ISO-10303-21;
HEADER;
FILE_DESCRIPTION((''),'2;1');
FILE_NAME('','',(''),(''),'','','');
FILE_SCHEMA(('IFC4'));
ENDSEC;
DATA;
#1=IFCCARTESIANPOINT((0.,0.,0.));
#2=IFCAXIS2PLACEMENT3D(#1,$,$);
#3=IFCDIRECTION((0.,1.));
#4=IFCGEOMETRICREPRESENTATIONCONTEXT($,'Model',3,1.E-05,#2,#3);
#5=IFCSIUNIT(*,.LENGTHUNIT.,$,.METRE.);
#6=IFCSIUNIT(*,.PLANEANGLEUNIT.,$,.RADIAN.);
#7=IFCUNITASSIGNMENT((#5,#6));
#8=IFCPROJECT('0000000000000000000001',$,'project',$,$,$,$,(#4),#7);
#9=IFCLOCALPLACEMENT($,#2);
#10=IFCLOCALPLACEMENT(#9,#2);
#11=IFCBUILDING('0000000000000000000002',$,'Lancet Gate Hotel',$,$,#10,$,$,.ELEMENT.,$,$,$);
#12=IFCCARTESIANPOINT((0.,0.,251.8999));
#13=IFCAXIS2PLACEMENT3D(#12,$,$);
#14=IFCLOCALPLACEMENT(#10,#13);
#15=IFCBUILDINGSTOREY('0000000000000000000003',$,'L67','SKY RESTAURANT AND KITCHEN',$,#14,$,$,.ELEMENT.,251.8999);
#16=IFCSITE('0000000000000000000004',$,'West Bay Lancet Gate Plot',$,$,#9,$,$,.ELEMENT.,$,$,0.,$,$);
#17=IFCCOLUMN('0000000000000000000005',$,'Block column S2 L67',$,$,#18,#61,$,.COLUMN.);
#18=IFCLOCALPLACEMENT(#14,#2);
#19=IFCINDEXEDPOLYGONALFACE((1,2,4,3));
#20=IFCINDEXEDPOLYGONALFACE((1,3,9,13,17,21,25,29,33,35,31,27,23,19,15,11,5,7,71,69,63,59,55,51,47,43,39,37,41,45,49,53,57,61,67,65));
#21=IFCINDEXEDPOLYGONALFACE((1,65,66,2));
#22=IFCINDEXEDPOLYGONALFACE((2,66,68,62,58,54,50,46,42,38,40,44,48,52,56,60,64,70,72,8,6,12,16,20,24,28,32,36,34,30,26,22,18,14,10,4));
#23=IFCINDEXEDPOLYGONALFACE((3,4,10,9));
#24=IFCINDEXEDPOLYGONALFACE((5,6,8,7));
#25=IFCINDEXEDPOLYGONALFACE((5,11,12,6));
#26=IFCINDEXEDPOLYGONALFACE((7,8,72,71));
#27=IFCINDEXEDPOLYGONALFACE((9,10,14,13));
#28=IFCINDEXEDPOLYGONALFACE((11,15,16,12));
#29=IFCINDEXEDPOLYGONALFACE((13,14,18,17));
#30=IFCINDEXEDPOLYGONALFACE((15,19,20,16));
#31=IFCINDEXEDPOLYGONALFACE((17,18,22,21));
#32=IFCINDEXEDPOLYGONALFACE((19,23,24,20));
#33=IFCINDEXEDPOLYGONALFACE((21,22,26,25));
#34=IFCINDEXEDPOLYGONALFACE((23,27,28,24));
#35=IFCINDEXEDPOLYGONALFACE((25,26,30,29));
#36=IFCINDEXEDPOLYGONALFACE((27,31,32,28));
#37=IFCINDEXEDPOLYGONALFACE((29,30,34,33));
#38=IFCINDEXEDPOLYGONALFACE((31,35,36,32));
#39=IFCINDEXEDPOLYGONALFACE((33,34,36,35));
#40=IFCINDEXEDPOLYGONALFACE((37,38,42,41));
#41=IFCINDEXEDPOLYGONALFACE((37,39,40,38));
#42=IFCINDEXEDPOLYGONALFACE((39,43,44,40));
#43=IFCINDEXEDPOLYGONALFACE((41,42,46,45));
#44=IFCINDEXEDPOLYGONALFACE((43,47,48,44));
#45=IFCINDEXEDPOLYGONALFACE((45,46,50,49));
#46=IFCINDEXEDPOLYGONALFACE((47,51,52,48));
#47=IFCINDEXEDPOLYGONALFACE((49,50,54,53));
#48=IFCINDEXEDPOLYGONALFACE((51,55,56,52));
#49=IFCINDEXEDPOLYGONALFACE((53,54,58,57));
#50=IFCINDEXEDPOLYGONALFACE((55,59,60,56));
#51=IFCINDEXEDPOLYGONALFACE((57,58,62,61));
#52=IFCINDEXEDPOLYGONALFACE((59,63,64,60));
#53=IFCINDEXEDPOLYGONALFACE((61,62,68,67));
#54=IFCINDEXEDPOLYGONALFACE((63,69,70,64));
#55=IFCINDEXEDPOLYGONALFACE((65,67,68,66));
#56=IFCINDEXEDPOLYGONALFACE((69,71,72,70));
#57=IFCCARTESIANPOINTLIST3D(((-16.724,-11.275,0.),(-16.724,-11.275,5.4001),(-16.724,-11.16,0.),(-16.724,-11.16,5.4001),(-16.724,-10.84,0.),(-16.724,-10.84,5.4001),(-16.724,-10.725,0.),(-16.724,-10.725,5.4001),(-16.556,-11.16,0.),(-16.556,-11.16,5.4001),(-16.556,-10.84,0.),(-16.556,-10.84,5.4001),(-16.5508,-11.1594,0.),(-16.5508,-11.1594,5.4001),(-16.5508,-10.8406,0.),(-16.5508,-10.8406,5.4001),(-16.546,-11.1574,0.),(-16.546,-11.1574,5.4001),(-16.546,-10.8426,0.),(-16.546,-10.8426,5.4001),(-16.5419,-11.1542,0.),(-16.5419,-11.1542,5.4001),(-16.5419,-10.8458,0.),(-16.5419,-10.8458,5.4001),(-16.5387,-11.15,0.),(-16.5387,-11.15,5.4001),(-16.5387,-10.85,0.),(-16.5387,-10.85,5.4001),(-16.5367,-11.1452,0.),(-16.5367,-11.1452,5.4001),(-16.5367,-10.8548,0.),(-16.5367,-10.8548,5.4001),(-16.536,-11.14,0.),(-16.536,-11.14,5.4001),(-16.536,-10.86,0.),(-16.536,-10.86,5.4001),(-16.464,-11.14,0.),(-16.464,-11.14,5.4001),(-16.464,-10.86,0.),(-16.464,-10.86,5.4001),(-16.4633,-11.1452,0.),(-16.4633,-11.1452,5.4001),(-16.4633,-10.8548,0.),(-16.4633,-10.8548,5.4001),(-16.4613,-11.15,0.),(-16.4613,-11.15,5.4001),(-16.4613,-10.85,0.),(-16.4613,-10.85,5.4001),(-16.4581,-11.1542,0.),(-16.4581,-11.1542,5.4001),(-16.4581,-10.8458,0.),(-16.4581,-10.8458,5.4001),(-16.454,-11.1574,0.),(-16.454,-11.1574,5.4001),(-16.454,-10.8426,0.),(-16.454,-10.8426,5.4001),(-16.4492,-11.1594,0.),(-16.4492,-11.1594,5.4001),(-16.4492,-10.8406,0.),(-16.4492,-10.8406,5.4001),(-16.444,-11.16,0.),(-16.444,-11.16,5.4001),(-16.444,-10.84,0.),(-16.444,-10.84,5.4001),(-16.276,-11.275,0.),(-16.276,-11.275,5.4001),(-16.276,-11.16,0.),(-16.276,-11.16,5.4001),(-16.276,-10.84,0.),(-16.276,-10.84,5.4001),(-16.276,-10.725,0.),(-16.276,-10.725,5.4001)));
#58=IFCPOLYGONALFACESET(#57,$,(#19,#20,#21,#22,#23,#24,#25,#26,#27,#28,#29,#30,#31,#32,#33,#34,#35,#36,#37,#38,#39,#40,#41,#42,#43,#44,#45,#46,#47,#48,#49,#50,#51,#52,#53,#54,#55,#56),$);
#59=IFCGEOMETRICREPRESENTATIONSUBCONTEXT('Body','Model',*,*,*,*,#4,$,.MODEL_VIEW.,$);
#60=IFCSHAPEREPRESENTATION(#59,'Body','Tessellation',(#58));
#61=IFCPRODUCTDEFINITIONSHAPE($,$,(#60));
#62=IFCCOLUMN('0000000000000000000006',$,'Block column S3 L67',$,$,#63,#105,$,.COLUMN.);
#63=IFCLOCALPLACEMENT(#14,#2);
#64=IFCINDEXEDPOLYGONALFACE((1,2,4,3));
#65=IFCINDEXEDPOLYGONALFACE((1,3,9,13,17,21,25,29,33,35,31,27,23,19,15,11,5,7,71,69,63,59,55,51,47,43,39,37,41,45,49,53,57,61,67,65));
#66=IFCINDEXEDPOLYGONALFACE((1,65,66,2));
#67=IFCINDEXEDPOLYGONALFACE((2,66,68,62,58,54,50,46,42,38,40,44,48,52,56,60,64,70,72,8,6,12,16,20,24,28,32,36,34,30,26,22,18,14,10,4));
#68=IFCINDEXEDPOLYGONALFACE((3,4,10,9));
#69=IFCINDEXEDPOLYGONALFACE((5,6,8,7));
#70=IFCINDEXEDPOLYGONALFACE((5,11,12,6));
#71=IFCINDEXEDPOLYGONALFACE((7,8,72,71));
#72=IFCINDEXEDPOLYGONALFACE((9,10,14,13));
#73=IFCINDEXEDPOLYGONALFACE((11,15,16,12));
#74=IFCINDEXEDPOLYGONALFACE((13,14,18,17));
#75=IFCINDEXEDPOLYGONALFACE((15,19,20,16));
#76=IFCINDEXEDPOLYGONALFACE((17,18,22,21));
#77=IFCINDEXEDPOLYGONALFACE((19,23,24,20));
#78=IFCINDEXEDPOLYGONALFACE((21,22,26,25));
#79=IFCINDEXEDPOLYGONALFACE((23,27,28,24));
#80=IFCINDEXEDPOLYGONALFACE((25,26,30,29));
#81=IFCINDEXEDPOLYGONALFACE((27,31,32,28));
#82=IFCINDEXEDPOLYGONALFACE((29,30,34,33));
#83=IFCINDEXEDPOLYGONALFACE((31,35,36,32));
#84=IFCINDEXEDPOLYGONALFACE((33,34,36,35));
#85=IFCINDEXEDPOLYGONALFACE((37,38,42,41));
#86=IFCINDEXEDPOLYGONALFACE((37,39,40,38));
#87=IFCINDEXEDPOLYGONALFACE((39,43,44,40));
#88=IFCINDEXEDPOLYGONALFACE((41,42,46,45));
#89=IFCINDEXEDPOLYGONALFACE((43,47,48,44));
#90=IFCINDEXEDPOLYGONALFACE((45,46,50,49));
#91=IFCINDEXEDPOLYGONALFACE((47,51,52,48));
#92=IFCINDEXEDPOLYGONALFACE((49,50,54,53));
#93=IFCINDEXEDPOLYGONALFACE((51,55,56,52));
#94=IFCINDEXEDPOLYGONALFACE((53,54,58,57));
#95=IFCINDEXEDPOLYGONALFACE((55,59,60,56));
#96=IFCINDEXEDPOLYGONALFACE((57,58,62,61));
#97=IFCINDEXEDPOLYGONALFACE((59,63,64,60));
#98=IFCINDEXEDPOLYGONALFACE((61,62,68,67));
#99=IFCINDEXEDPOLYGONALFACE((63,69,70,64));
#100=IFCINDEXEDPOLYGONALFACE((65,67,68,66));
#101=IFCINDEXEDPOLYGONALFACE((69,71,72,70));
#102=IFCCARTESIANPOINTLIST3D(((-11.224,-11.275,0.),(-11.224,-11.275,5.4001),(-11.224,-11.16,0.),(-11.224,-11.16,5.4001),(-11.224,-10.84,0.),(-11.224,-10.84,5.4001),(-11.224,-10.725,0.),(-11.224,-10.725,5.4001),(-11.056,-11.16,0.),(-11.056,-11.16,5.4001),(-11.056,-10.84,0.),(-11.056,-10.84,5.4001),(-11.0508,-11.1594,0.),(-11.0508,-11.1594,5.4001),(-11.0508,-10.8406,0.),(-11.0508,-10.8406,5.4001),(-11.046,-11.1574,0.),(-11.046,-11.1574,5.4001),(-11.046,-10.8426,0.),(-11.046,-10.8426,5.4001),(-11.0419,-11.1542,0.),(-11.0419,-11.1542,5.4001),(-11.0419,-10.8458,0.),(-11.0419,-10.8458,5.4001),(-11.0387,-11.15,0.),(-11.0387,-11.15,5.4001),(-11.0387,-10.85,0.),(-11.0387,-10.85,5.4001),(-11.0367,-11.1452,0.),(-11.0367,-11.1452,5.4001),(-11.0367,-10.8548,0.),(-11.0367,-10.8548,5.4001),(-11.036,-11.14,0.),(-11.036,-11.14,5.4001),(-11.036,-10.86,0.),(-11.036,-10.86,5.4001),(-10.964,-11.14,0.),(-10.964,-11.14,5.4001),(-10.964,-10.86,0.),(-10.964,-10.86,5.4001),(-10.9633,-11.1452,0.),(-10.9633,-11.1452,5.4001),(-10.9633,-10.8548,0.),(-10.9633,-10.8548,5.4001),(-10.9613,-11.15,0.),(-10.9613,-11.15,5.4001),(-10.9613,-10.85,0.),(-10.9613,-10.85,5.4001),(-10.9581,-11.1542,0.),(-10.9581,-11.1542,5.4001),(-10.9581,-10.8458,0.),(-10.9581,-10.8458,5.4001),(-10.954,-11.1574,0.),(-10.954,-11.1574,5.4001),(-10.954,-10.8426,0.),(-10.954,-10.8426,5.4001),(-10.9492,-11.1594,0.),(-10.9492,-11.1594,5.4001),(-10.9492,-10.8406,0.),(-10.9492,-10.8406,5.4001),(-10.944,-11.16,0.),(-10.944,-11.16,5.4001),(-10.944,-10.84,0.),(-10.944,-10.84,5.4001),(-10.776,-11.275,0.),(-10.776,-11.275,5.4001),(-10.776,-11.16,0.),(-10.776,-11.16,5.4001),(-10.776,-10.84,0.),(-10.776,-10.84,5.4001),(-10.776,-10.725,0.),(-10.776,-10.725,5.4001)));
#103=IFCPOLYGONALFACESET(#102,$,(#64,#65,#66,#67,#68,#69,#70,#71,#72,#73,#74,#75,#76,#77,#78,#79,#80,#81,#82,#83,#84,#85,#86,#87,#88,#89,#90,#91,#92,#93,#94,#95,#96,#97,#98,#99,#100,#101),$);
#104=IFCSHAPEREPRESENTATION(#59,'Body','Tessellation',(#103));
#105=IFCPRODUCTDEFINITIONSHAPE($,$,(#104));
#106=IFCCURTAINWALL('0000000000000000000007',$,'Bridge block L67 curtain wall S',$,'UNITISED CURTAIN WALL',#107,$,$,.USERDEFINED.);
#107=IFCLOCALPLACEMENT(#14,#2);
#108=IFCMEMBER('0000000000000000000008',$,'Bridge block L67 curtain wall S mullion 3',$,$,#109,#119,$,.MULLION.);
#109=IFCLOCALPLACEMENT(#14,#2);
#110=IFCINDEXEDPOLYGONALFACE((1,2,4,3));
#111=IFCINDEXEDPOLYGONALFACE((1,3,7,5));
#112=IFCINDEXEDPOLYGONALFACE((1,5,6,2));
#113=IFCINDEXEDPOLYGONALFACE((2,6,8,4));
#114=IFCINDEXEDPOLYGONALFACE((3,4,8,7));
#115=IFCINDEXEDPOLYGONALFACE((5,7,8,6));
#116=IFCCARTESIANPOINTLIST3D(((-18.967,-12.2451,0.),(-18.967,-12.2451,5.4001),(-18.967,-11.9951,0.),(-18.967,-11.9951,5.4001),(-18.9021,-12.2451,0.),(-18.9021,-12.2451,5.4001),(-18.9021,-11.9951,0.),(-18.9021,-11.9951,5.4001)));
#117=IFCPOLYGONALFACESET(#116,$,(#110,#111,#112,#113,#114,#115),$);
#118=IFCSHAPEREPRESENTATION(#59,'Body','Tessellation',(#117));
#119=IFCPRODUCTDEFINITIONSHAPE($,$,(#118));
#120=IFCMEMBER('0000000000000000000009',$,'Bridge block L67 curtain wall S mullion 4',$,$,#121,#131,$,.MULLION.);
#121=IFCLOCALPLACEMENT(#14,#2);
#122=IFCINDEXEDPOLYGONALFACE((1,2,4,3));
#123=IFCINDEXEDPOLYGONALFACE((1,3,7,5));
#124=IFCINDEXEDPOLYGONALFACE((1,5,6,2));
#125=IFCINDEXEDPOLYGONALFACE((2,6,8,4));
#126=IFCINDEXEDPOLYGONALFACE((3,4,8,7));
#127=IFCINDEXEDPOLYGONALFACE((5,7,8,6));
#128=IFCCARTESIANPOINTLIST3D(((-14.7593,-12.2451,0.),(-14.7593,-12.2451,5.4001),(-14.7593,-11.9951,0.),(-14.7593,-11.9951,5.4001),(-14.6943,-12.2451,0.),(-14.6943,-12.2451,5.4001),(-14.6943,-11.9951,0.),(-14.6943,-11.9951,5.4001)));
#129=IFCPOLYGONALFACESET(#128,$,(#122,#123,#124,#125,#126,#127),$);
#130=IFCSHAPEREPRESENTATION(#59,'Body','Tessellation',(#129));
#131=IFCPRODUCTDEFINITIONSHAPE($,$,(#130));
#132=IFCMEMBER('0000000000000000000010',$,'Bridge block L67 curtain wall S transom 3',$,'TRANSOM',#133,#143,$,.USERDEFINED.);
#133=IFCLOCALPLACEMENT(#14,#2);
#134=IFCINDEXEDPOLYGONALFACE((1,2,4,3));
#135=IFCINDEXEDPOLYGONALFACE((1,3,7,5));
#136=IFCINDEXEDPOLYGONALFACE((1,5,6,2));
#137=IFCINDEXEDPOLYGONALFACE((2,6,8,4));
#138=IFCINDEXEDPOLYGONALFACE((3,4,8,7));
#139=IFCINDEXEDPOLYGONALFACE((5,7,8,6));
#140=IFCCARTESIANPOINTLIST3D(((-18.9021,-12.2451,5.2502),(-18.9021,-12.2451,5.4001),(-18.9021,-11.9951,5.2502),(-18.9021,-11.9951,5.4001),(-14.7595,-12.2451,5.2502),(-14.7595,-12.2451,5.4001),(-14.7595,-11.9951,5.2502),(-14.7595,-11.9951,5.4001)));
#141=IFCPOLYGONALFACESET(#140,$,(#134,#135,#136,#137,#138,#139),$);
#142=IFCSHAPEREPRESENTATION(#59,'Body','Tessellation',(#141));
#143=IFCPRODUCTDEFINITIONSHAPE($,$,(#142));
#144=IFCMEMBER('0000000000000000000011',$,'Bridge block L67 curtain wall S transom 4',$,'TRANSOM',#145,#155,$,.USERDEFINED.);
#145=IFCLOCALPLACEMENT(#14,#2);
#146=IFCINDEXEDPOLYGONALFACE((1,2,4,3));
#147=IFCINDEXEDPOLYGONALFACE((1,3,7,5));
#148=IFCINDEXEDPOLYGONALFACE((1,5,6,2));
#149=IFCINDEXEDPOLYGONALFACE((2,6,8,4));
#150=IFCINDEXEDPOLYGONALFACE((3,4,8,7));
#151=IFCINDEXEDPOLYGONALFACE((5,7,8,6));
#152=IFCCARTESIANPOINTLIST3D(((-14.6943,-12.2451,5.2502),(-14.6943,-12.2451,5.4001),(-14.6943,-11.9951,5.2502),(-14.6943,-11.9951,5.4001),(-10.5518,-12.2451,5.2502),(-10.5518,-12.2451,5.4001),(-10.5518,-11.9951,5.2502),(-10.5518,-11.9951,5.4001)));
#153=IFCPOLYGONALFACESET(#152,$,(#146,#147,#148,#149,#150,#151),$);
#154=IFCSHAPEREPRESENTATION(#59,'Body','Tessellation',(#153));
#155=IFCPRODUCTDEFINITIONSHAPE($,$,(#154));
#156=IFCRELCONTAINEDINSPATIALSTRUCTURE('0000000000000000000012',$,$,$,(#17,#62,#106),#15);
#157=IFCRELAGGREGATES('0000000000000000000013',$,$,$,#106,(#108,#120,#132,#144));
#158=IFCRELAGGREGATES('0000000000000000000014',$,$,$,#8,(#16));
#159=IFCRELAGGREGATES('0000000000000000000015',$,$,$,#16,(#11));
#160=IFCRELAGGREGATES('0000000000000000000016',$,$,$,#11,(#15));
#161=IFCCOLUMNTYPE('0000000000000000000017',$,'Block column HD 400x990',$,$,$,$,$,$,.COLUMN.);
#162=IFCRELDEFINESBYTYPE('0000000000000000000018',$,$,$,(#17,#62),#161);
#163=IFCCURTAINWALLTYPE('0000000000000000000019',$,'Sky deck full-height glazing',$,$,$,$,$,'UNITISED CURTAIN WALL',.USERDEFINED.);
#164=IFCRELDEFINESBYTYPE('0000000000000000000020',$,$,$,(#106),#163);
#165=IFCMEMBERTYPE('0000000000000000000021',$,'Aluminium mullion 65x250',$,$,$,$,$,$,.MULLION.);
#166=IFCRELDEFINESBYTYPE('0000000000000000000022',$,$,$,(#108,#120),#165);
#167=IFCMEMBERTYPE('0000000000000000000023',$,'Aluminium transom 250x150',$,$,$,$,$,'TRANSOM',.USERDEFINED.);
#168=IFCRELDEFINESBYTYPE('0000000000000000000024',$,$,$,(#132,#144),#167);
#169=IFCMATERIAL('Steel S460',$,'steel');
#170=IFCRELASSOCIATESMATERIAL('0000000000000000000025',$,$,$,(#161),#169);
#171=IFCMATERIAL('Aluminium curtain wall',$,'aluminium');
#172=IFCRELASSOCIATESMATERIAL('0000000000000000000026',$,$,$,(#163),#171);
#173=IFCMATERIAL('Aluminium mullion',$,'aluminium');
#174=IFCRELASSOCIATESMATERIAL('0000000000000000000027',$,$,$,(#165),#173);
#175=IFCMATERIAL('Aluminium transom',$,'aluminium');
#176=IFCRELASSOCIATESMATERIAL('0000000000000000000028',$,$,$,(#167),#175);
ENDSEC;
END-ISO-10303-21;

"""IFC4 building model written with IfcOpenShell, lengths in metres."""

from ifc_helpers import new_model, si_unit, direction, frame, origin, origin_2d, place, context, subcontext, project, spatial, rectangle, i_section, extrude, material, material_profile, profile_set, type_object, element, aggregate, save


model = new_model("IFC4")

# Units and contexts
model_context = context("Model", 3, precision=1e-05, world=origin(), true_north=direction((0.0, 1.0)))
body_context = subcontext(model_context, "Body", "Model", "MODEL_VIEW")
ifc_project = project(units=[si_unit("LENGTHUNIT", "METRE"), si_unit("PLANEANGLEUNIT", "RADIAN")], contexts=[model_context])

# Site, building, storey
site_placement = place(None, origin())
site = spatial("IfcSite", under=ifc_project, at=site_placement, Name="West Bay Lancet Gate Plot", CompositionType="ELEMENT", RefElevation=0.0)
building_placement = place(site_placement, origin())
building = spatial("IfcBuilding", under=site, at=building_placement, Name="Lancet Gate Hotel", CompositionType="ELEMENT")
storey_placement = place(building_placement, frame((0.0, 0.0, 251.8999)))
storey = spatial("IfcBuildingStorey", under=building, at=storey_placement, Name="L67", Description="SKY RESTAURANT AND KITCHEN", CompositionType="ELEMENT", Elevation=251.8999)

# Columns
ifc_material_1 = material(Name="Steel S460", Category="steel")
ifc_material_profile_1 = material_profile(ifc_material_1, i_section(OverallWidth=0.448, OverallDepth=0.55, WebThickness=0.072, FlangeThickness=0.115, FilletRadius=0.02, at=origin_2d()), Name="HD 400x990")
ifc_profile_set_1 = profile_set([ifc_material_profile_1], Name="Steel S460")
column_type = type_object("IfcColumnType", Name="Block column HD 400x990", PredefinedType="COLUMN", material=ifc_profile_set_1)
for number, where, z_axis, x_axis, name in (
    (1, (-16.5, -11.0, 0.0), (0.0, 0.0, 1.0), (1.0, 0.0, 0.0), "Block column S2 L67"),
    (2, (-11.0, -11.0, 0.0), (0.0, 0.0, 1.0), (1.0, 0.0, 0.0), "Block column S3 L67"),
):
    element("IfcColumn", number, at=place(storey_placement, frame(where, z_axis=z_axis, x_axis=x_axis)), inside=storey, type_object=column_type, Name=name, PredefinedType="COLUMN", context=body_context, shape_type="SweptSolid", body=[
        extrude(i_section(OverallWidth=0.448, OverallDepth=0.55, WebThickness=0.072, FlangeThickness=0.115, FilletRadius=0.02, at=origin_2d()), origin(), (0.0, 0.0, 1.0), 5.4001),
    ])

# Curtain wall, members
ifc_material_2 = material(Name="Aluminium curtain wall", Category="aluminium")
curtain_wall_type = type_object("IfcCurtainWallType", Name="Sky deck full-height glazing", ElementType="UNITISED CURTAIN WALL", PredefinedType="USERDEFINED", material=ifc_material_2)
curtain_wall_placement = place(storey_placement, origin())
curtain_wall = element("IfcCurtainWall", 3, at=curtain_wall_placement, inside=storey, type_object=curtain_wall_type, Name="Bridge block L67 curtain wall S", ObjectType="UNITISED CURTAIN WALL", PredefinedType="USERDEFINED")
ifc_material_3 = material(Name="Aluminium mullion", Category="aluminium")
ifc_material_profile_2 = material_profile(ifc_material_3, rectangle(XDim=0.0649, YDim=0.25, at=origin_2d()), Name="MULLION 65x250")
ifc_profile_set_2 = profile_set([ifc_material_profile_2], Name="Aluminium mullion")
member_type_1 = type_object("IfcMemberType", Name="Aluminium mullion 65x250", PredefinedType="MULLION", material=ifc_profile_set_2)
member_1_placement = place(storey_placement, frame((-18.9346, -12.1201, 0.0), z_axis=(0.0, 0.0, 1.0), x_axis=(1.0, 0.0, 0.0)))
member_1 = element("IfcMember", 4, at=member_1_placement, type_object=member_type_1, Name="Bridge block L67 curtain wall S mullion 3", PredefinedType="MULLION", context=body_context, shape_type="SweptSolid", body=[
    extrude(rectangle(XDim=0.0649, YDim=0.25, at=origin_2d()), origin(), (0.0, 0.0, 1.0), 5.4001),
])
member_2_placement = place(storey_placement, frame((-14.7268, -12.1201, 0.0), z_axis=(0.0, 0.0, 1.0), x_axis=(1.0, 0.0, 0.0)))
member_2 = element("IfcMember", 5, at=member_2_placement, type_object=member_type_1, Name="Bridge block L67 curtain wall S mullion 4", PredefinedType="MULLION", context=body_context, shape_type="SweptSolid", body=[
    extrude(rectangle(XDim=0.0649, YDim=0.25, at=origin_2d()), origin(), (0.0, 0.0, 1.0), 5.4001),
])
ifc_material_4 = material(Name="Aluminium transom", Category="aluminium")
ifc_material_profile_3 = material_profile(ifc_material_4, rectangle(XDim=0.25, YDim=0.1499, at=origin_2d()), Name="TRANSOM 250x150")
ifc_profile_set_3 = profile_set([ifc_material_profile_3], Name="Aluminium transom")
member_type_2 = type_object("IfcMemberType", Name="Aluminium transom 250x150", ElementType="TRANSOM", PredefinedType="USERDEFINED", material=ifc_profile_set_3)
member_3_placement = place(storey_placement, frame((-18.9021, -12.1201, 5.3252), z_axis=(1.0, 0.0, 0.0), x_axis=(0.0, 1.0, 0.0)))
member_3 = element("IfcMember", 6, at=member_3_placement, type_object=member_type_2, Name="Bridge block L67 curtain wall S transom 3", ObjectType="TRANSOM", PredefinedType="USERDEFINED", context=body_context, shape_type="SweptSolid", body=[
    extrude(rectangle(XDim=0.25, YDim=0.1499, at=origin_2d()), origin(), (0.0, 0.0, 1.0), 4.1426),
])
member_4_placement = place(storey_placement, frame((-14.6943, -12.1201, 5.3252), z_axis=(1.0, 0.0, 0.0), x_axis=(0.0, 1.0, 0.0)))
member_4 = element("IfcMember", 7, at=member_4_placement, type_object=member_type_2, Name="Bridge block L67 curtain wall S transom 4", ObjectType="TRANSOM", PredefinedType="USERDEFINED", context=body_context, shape_type="SweptSolid", body=[
    extrude(rectangle(XDim=0.25, YDim=0.1499, at=origin_2d()), origin(), (0.0, 0.0, 1.0), 4.1426),
])

aggregate(curtain_wall, [member_1, member_2, member_3, member_4])

save(model, "model.ifc")
